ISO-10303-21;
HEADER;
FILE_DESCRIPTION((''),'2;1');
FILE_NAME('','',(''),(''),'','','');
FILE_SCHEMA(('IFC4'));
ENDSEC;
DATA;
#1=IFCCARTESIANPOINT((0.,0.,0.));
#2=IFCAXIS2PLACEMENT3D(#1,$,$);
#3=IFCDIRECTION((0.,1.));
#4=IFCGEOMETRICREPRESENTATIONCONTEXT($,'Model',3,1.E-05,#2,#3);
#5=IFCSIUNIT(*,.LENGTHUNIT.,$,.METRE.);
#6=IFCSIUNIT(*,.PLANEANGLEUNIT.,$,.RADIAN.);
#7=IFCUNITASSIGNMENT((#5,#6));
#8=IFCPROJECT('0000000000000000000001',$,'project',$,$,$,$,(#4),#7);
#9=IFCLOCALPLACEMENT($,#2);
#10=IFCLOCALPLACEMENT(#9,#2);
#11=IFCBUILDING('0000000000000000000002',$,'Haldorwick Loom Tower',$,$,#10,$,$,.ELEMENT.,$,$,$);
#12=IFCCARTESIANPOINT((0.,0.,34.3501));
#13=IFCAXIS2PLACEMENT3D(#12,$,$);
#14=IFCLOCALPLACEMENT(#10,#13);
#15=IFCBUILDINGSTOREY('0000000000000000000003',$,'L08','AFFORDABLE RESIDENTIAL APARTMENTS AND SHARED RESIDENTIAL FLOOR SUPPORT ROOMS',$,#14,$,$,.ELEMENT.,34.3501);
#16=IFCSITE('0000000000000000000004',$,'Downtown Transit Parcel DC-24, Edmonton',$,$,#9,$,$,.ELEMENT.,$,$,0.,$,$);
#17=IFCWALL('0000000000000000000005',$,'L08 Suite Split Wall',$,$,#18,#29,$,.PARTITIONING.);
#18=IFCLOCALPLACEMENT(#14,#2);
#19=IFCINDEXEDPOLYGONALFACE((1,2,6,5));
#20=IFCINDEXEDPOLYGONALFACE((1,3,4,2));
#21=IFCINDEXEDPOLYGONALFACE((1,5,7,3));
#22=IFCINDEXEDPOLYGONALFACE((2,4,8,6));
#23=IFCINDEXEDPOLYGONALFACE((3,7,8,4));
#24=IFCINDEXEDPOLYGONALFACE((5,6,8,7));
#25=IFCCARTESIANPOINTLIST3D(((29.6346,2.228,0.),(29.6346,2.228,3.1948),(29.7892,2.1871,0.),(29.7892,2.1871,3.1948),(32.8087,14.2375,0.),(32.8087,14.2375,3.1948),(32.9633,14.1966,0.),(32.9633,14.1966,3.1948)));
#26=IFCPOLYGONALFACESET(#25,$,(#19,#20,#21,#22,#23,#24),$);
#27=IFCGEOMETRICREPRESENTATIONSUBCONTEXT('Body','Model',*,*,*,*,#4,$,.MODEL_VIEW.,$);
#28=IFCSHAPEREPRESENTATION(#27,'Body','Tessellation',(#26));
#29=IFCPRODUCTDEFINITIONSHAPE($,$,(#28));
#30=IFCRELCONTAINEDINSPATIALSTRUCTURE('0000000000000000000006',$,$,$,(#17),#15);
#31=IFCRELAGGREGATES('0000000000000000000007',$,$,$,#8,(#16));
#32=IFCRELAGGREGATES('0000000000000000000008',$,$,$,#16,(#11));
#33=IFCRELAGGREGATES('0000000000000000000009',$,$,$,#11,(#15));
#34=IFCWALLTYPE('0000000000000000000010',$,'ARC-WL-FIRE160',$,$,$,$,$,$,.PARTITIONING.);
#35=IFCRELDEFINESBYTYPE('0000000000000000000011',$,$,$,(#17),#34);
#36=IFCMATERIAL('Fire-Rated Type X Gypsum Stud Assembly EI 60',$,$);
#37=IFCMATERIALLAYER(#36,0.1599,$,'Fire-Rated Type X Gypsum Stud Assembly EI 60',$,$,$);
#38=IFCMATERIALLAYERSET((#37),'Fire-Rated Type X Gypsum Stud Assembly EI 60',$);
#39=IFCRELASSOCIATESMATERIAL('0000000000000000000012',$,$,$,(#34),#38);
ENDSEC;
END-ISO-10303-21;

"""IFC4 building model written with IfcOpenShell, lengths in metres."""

from ifc_helpers import new_model, si_unit, direction, frame, frame_2d, origin, place, context, subcontext, project, spatial, rectangle, extrude, material, layer, layer_set, type_object, element, save


model = new_model("IFC4")

# Units and contexts
model_context = context("Model", 3, precision=1e-05, world=origin(), true_north=direction((0.0, 1.0)))
body_context = subcontext(model_context, "Body", "Model", "MODEL_VIEW")
ifc_project = project(units=[si_unit("LENGTHUNIT", "METRE"), si_unit("PLANEANGLEUNIT", "RADIAN")], contexts=[model_context])

# Site, building, storey
site_placement = place(None, origin())
site = spatial("IfcSite", under=ifc_project, at=site_placement, Name="Downtown Transit Parcel DC-24, Edmonton", CompositionType="ELEMENT", RefElevation=0.0)
building_placement = place(site_placement, origin())
building = spatial("IfcBuilding", under=site, at=building_placement, Name="Haldorwick Loom Tower", CompositionType="ELEMENT")
storey_placement = place(building_placement, frame((0.0, 0.0, 34.3501)))
storey = spatial("IfcBuildingStorey", under=building, at=storey_placement, Name="L08", Description="AFFORDABLE RESIDENTIAL APARTMENTS AND SHARED RESIDENTIAL FLOOR SUPPORT ROOMS", CompositionType="ELEMENT", Elevation=34.3501)

# Wall
ifc_material_1 = material(Name="Fire-Rated Type X Gypsum Stud Assembly EI 60")
ifc_layer_1 = layer(ifc_material_1, 0.1599, Name="Fire-Rated Type X Gypsum Stud Assembly EI 60")
ifc_layer_set_1 = layer_set([ifc_layer_1], Name="Fire-Rated Type X Gypsum Stud Assembly EI 60")
wall_type = type_object("IfcWallType", Name="ARC-WL-FIRE160", PredefinedType="PARTITIONING", material=ifc_layer_set_1)
wall_1_placement = place(storey_placement, frame((32.886, 14.217, 0.0), z_axis=(0.0, 0.0, 1.0), x_axis=(-0.255522, -0.966803, 0.0)))
element("IfcWall", 1, at=wall_1_placement, inside=storey, type_object=wall_type, Name="L08 Suite Split Wall", PredefinedType="PARTITIONING", context=body_context, shape_type="SweptSolid", body=[
    extrude(rectangle(XDim=12.4219, YDim=0.1599, at=frame_2d((6.2109, 0.0))), origin(), (0.0, 0.0, 1.0), 3.1948),
])

save(model, "model.ifc")
